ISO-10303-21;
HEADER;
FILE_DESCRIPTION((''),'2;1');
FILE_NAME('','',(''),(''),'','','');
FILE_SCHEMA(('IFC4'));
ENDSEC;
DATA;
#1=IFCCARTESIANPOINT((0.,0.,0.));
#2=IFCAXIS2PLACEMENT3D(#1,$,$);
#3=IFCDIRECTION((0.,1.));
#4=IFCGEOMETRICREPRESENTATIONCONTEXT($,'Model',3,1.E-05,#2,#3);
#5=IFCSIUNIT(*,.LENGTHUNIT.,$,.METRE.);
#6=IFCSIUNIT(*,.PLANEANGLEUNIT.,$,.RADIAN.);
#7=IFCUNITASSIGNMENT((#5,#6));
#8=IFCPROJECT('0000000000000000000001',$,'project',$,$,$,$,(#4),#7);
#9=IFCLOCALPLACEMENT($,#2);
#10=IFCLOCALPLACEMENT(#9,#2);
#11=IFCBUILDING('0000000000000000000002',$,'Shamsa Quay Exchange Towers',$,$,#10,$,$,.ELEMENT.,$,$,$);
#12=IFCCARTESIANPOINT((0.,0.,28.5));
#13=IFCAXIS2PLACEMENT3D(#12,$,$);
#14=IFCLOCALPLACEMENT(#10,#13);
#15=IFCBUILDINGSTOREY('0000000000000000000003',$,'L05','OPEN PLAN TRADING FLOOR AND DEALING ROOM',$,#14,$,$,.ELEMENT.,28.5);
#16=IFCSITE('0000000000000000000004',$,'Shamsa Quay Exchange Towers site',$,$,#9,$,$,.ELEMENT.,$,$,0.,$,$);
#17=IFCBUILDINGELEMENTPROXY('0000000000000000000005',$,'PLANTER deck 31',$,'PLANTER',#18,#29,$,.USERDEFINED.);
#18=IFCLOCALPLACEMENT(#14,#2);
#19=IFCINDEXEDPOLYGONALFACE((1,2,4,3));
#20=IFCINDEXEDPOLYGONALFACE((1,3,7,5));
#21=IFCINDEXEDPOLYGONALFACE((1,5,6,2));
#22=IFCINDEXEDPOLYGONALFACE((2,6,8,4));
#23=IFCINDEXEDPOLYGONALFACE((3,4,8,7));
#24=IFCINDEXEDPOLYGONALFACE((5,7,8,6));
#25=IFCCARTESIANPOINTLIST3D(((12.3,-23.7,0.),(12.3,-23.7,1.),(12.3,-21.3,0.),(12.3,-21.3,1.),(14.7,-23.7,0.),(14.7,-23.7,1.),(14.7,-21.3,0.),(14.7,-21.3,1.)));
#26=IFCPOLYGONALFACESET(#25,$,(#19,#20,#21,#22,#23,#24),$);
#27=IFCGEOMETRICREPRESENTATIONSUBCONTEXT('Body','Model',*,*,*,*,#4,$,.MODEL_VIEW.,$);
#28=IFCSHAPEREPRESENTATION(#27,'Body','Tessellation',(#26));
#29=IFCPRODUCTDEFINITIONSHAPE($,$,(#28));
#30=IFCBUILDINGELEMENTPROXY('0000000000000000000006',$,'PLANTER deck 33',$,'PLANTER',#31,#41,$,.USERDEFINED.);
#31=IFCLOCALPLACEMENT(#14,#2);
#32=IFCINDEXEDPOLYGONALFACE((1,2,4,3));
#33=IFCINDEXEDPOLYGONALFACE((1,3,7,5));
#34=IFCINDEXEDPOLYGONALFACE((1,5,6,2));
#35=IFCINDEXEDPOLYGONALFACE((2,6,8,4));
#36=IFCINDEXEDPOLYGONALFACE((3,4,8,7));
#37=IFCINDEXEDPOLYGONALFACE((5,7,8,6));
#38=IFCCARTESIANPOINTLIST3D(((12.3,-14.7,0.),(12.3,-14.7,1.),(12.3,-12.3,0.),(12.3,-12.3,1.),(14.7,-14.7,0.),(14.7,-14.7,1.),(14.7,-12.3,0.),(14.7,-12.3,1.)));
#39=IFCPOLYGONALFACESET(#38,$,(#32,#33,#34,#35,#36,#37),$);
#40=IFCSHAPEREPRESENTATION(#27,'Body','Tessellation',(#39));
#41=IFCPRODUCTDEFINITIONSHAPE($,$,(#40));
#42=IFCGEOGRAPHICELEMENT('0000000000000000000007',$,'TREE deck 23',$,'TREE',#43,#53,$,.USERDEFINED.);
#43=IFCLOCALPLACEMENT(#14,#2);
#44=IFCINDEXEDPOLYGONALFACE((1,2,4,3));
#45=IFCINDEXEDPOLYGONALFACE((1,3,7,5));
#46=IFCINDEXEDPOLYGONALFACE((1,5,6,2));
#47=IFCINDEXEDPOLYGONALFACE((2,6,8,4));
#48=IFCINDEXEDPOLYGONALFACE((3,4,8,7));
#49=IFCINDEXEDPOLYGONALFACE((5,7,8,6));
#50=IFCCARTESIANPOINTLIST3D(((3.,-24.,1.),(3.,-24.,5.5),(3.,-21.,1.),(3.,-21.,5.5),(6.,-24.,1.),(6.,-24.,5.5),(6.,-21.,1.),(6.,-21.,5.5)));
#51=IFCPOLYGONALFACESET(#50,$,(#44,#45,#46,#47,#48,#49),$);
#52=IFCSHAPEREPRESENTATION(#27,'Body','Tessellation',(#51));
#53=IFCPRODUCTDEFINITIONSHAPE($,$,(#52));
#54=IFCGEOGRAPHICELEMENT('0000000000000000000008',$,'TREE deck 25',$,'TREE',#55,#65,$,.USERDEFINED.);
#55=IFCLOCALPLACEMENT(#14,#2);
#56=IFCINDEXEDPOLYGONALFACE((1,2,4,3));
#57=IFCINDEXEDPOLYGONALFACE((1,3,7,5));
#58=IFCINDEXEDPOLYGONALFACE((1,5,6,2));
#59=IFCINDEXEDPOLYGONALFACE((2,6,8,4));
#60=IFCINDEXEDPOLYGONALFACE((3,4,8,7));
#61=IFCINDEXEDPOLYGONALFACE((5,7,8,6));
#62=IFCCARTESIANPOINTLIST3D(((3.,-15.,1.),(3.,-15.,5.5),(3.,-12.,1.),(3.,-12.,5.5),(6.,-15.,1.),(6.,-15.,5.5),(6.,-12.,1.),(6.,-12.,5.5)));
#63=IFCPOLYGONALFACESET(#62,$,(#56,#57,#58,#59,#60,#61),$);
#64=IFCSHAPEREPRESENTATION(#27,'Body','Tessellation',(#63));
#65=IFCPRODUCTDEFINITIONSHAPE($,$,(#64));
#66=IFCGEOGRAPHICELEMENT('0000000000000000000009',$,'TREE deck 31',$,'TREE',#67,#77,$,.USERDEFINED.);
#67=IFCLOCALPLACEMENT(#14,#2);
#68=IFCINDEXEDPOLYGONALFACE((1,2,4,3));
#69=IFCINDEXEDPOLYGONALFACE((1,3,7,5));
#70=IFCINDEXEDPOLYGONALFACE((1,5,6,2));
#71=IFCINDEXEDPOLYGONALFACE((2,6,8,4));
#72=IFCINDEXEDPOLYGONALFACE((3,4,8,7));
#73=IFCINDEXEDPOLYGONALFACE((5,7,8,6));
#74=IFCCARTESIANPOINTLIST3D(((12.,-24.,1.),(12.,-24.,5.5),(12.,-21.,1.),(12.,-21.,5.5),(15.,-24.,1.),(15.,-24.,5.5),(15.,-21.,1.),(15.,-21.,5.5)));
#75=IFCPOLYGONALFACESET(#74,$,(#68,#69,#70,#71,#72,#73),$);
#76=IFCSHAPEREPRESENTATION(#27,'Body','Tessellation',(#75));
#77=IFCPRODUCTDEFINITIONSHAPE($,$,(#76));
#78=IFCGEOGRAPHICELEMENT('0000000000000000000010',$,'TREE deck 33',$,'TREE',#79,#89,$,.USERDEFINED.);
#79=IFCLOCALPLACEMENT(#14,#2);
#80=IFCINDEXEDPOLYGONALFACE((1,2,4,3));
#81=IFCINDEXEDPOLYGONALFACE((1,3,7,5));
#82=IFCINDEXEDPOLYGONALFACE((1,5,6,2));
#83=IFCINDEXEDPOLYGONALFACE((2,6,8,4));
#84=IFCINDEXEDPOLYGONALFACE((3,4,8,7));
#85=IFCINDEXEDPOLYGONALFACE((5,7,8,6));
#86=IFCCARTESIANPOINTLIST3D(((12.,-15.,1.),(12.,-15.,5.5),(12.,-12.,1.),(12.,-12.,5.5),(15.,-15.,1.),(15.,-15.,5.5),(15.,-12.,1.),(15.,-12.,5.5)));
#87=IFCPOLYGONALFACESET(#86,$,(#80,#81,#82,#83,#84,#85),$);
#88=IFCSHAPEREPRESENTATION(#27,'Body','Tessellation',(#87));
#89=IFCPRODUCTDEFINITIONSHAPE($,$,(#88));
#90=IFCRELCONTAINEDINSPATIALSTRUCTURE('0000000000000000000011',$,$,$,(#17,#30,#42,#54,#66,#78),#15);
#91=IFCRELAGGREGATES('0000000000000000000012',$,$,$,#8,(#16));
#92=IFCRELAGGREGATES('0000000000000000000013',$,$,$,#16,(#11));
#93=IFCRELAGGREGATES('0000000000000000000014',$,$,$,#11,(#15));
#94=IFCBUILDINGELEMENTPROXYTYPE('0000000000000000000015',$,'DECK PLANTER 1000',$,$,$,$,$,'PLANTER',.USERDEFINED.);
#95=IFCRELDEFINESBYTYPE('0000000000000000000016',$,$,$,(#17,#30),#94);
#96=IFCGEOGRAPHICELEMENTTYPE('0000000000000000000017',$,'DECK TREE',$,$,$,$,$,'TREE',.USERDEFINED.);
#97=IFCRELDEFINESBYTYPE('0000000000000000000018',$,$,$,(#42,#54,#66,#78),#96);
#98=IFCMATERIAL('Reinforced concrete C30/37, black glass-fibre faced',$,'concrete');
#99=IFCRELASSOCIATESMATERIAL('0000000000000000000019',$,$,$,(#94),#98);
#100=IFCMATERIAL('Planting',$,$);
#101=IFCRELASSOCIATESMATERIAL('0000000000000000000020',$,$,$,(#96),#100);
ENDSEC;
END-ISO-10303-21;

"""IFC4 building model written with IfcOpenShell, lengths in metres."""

from ifc_helpers import new_model, si_unit, direction, frame, origin, origin_2d, place, context, subcontext, project, spatial, rectangle, extrude, material, type_object, element, save


model = new_model("IFC4")

# Units and contexts
model_context = context("Model", 3, precision=1e-05, world=origin(), true_north=direction((0.0, 1.0)))
body_context = subcontext(model_context, "Body", "Model", "MODEL_VIEW")
ifc_project = project(units=[si_unit("LENGTHUNIT", "METRE"), si_unit("PLANEANGLEUNIT", "RADIAN")], contexts=[model_context])

# Site, building, storey
site_placement = place(None, origin())
site = spatial("IfcSite", under=ifc_project, at=site_placement, Name="Shamsa Quay Exchange Towers site", CompositionType="ELEMENT", RefElevation=0.0)
building_placement = place(site_placement, origin())
building = spatial("IfcBuilding", under=site, at=building_placement, Name="Shamsa Quay Exchange Towers", CompositionType="ELEMENT")
storey_placement = place(building_placement, frame((0.0, 0.0, 28.5)))
storey = spatial("IfcBuildingStorey", under=building, at=storey_placement, Name="L05", Description="OPEN PLAN TRADING FLOOR AND DEALING ROOM", CompositionType="ELEMENT", Elevation=28.5)

# Building element proxies
ifc_material_1 = material(Name="Reinforced concrete C30/37, black glass-fibre faced", Category="concrete")
building_element_proxy_type = type_object("IfcBuildingElementProxyType", Name="DECK PLANTER 1000", ElementType="PLANTER", PredefinedType="USERDEFINED", material=ifc_material_1)
for number, where, name in (
    (1, (13.5, -22.5, 0.0), "PLANTER deck 31"),
    (2, (13.5, -13.5, 0.0), "PLANTER deck 33"),
):
    element("IfcBuildingElementProxy", number, at=place(storey_placement, frame(where)), inside=storey, type_object=building_element_proxy_type, Name=name, ObjectType="PLANTER", PredefinedType="USERDEFINED", context=body_context, shape_type="SweptSolid", body=[
        extrude(rectangle(XDim=2.3999, YDim=2.3999, at=origin_2d()), origin(), (0.0, 0.0, 1.0), 1.0),
    ])

# Geographic elements
ifc_material_2 = material(Name="Planting")
geographic_element_type = type_object("IfcGeographicElementType", Name="DECK TREE", ElementType="TREE", PredefinedType="USERDEFINED", material=ifc_material_2)
for number, where, name in (
    (3, (4.5, -22.5, 1.0), "TREE deck 23"),
    (4, (4.5, -13.5, 1.0), "TREE deck 25"),
    (5, (13.5, -22.5, 1.0), "TREE deck 31"),
    (6, (13.5, -13.5, 1.0), "TREE deck 33"),
):
    element("IfcGeographicElement", number, at=place(storey_placement, frame(where)), inside=storey, type_object=geographic_element_type, Name=name, ObjectType="TREE", PredefinedType="USERDEFINED", context=body_context, shape_type="SweptSolid", body=[
        extrude(rectangle(XDim=3.0, YDim=3.0, at=origin_2d()), origin(), (0.0, 0.0, 1.0), 4.5),
    ])

save(model, "model.ifc")
